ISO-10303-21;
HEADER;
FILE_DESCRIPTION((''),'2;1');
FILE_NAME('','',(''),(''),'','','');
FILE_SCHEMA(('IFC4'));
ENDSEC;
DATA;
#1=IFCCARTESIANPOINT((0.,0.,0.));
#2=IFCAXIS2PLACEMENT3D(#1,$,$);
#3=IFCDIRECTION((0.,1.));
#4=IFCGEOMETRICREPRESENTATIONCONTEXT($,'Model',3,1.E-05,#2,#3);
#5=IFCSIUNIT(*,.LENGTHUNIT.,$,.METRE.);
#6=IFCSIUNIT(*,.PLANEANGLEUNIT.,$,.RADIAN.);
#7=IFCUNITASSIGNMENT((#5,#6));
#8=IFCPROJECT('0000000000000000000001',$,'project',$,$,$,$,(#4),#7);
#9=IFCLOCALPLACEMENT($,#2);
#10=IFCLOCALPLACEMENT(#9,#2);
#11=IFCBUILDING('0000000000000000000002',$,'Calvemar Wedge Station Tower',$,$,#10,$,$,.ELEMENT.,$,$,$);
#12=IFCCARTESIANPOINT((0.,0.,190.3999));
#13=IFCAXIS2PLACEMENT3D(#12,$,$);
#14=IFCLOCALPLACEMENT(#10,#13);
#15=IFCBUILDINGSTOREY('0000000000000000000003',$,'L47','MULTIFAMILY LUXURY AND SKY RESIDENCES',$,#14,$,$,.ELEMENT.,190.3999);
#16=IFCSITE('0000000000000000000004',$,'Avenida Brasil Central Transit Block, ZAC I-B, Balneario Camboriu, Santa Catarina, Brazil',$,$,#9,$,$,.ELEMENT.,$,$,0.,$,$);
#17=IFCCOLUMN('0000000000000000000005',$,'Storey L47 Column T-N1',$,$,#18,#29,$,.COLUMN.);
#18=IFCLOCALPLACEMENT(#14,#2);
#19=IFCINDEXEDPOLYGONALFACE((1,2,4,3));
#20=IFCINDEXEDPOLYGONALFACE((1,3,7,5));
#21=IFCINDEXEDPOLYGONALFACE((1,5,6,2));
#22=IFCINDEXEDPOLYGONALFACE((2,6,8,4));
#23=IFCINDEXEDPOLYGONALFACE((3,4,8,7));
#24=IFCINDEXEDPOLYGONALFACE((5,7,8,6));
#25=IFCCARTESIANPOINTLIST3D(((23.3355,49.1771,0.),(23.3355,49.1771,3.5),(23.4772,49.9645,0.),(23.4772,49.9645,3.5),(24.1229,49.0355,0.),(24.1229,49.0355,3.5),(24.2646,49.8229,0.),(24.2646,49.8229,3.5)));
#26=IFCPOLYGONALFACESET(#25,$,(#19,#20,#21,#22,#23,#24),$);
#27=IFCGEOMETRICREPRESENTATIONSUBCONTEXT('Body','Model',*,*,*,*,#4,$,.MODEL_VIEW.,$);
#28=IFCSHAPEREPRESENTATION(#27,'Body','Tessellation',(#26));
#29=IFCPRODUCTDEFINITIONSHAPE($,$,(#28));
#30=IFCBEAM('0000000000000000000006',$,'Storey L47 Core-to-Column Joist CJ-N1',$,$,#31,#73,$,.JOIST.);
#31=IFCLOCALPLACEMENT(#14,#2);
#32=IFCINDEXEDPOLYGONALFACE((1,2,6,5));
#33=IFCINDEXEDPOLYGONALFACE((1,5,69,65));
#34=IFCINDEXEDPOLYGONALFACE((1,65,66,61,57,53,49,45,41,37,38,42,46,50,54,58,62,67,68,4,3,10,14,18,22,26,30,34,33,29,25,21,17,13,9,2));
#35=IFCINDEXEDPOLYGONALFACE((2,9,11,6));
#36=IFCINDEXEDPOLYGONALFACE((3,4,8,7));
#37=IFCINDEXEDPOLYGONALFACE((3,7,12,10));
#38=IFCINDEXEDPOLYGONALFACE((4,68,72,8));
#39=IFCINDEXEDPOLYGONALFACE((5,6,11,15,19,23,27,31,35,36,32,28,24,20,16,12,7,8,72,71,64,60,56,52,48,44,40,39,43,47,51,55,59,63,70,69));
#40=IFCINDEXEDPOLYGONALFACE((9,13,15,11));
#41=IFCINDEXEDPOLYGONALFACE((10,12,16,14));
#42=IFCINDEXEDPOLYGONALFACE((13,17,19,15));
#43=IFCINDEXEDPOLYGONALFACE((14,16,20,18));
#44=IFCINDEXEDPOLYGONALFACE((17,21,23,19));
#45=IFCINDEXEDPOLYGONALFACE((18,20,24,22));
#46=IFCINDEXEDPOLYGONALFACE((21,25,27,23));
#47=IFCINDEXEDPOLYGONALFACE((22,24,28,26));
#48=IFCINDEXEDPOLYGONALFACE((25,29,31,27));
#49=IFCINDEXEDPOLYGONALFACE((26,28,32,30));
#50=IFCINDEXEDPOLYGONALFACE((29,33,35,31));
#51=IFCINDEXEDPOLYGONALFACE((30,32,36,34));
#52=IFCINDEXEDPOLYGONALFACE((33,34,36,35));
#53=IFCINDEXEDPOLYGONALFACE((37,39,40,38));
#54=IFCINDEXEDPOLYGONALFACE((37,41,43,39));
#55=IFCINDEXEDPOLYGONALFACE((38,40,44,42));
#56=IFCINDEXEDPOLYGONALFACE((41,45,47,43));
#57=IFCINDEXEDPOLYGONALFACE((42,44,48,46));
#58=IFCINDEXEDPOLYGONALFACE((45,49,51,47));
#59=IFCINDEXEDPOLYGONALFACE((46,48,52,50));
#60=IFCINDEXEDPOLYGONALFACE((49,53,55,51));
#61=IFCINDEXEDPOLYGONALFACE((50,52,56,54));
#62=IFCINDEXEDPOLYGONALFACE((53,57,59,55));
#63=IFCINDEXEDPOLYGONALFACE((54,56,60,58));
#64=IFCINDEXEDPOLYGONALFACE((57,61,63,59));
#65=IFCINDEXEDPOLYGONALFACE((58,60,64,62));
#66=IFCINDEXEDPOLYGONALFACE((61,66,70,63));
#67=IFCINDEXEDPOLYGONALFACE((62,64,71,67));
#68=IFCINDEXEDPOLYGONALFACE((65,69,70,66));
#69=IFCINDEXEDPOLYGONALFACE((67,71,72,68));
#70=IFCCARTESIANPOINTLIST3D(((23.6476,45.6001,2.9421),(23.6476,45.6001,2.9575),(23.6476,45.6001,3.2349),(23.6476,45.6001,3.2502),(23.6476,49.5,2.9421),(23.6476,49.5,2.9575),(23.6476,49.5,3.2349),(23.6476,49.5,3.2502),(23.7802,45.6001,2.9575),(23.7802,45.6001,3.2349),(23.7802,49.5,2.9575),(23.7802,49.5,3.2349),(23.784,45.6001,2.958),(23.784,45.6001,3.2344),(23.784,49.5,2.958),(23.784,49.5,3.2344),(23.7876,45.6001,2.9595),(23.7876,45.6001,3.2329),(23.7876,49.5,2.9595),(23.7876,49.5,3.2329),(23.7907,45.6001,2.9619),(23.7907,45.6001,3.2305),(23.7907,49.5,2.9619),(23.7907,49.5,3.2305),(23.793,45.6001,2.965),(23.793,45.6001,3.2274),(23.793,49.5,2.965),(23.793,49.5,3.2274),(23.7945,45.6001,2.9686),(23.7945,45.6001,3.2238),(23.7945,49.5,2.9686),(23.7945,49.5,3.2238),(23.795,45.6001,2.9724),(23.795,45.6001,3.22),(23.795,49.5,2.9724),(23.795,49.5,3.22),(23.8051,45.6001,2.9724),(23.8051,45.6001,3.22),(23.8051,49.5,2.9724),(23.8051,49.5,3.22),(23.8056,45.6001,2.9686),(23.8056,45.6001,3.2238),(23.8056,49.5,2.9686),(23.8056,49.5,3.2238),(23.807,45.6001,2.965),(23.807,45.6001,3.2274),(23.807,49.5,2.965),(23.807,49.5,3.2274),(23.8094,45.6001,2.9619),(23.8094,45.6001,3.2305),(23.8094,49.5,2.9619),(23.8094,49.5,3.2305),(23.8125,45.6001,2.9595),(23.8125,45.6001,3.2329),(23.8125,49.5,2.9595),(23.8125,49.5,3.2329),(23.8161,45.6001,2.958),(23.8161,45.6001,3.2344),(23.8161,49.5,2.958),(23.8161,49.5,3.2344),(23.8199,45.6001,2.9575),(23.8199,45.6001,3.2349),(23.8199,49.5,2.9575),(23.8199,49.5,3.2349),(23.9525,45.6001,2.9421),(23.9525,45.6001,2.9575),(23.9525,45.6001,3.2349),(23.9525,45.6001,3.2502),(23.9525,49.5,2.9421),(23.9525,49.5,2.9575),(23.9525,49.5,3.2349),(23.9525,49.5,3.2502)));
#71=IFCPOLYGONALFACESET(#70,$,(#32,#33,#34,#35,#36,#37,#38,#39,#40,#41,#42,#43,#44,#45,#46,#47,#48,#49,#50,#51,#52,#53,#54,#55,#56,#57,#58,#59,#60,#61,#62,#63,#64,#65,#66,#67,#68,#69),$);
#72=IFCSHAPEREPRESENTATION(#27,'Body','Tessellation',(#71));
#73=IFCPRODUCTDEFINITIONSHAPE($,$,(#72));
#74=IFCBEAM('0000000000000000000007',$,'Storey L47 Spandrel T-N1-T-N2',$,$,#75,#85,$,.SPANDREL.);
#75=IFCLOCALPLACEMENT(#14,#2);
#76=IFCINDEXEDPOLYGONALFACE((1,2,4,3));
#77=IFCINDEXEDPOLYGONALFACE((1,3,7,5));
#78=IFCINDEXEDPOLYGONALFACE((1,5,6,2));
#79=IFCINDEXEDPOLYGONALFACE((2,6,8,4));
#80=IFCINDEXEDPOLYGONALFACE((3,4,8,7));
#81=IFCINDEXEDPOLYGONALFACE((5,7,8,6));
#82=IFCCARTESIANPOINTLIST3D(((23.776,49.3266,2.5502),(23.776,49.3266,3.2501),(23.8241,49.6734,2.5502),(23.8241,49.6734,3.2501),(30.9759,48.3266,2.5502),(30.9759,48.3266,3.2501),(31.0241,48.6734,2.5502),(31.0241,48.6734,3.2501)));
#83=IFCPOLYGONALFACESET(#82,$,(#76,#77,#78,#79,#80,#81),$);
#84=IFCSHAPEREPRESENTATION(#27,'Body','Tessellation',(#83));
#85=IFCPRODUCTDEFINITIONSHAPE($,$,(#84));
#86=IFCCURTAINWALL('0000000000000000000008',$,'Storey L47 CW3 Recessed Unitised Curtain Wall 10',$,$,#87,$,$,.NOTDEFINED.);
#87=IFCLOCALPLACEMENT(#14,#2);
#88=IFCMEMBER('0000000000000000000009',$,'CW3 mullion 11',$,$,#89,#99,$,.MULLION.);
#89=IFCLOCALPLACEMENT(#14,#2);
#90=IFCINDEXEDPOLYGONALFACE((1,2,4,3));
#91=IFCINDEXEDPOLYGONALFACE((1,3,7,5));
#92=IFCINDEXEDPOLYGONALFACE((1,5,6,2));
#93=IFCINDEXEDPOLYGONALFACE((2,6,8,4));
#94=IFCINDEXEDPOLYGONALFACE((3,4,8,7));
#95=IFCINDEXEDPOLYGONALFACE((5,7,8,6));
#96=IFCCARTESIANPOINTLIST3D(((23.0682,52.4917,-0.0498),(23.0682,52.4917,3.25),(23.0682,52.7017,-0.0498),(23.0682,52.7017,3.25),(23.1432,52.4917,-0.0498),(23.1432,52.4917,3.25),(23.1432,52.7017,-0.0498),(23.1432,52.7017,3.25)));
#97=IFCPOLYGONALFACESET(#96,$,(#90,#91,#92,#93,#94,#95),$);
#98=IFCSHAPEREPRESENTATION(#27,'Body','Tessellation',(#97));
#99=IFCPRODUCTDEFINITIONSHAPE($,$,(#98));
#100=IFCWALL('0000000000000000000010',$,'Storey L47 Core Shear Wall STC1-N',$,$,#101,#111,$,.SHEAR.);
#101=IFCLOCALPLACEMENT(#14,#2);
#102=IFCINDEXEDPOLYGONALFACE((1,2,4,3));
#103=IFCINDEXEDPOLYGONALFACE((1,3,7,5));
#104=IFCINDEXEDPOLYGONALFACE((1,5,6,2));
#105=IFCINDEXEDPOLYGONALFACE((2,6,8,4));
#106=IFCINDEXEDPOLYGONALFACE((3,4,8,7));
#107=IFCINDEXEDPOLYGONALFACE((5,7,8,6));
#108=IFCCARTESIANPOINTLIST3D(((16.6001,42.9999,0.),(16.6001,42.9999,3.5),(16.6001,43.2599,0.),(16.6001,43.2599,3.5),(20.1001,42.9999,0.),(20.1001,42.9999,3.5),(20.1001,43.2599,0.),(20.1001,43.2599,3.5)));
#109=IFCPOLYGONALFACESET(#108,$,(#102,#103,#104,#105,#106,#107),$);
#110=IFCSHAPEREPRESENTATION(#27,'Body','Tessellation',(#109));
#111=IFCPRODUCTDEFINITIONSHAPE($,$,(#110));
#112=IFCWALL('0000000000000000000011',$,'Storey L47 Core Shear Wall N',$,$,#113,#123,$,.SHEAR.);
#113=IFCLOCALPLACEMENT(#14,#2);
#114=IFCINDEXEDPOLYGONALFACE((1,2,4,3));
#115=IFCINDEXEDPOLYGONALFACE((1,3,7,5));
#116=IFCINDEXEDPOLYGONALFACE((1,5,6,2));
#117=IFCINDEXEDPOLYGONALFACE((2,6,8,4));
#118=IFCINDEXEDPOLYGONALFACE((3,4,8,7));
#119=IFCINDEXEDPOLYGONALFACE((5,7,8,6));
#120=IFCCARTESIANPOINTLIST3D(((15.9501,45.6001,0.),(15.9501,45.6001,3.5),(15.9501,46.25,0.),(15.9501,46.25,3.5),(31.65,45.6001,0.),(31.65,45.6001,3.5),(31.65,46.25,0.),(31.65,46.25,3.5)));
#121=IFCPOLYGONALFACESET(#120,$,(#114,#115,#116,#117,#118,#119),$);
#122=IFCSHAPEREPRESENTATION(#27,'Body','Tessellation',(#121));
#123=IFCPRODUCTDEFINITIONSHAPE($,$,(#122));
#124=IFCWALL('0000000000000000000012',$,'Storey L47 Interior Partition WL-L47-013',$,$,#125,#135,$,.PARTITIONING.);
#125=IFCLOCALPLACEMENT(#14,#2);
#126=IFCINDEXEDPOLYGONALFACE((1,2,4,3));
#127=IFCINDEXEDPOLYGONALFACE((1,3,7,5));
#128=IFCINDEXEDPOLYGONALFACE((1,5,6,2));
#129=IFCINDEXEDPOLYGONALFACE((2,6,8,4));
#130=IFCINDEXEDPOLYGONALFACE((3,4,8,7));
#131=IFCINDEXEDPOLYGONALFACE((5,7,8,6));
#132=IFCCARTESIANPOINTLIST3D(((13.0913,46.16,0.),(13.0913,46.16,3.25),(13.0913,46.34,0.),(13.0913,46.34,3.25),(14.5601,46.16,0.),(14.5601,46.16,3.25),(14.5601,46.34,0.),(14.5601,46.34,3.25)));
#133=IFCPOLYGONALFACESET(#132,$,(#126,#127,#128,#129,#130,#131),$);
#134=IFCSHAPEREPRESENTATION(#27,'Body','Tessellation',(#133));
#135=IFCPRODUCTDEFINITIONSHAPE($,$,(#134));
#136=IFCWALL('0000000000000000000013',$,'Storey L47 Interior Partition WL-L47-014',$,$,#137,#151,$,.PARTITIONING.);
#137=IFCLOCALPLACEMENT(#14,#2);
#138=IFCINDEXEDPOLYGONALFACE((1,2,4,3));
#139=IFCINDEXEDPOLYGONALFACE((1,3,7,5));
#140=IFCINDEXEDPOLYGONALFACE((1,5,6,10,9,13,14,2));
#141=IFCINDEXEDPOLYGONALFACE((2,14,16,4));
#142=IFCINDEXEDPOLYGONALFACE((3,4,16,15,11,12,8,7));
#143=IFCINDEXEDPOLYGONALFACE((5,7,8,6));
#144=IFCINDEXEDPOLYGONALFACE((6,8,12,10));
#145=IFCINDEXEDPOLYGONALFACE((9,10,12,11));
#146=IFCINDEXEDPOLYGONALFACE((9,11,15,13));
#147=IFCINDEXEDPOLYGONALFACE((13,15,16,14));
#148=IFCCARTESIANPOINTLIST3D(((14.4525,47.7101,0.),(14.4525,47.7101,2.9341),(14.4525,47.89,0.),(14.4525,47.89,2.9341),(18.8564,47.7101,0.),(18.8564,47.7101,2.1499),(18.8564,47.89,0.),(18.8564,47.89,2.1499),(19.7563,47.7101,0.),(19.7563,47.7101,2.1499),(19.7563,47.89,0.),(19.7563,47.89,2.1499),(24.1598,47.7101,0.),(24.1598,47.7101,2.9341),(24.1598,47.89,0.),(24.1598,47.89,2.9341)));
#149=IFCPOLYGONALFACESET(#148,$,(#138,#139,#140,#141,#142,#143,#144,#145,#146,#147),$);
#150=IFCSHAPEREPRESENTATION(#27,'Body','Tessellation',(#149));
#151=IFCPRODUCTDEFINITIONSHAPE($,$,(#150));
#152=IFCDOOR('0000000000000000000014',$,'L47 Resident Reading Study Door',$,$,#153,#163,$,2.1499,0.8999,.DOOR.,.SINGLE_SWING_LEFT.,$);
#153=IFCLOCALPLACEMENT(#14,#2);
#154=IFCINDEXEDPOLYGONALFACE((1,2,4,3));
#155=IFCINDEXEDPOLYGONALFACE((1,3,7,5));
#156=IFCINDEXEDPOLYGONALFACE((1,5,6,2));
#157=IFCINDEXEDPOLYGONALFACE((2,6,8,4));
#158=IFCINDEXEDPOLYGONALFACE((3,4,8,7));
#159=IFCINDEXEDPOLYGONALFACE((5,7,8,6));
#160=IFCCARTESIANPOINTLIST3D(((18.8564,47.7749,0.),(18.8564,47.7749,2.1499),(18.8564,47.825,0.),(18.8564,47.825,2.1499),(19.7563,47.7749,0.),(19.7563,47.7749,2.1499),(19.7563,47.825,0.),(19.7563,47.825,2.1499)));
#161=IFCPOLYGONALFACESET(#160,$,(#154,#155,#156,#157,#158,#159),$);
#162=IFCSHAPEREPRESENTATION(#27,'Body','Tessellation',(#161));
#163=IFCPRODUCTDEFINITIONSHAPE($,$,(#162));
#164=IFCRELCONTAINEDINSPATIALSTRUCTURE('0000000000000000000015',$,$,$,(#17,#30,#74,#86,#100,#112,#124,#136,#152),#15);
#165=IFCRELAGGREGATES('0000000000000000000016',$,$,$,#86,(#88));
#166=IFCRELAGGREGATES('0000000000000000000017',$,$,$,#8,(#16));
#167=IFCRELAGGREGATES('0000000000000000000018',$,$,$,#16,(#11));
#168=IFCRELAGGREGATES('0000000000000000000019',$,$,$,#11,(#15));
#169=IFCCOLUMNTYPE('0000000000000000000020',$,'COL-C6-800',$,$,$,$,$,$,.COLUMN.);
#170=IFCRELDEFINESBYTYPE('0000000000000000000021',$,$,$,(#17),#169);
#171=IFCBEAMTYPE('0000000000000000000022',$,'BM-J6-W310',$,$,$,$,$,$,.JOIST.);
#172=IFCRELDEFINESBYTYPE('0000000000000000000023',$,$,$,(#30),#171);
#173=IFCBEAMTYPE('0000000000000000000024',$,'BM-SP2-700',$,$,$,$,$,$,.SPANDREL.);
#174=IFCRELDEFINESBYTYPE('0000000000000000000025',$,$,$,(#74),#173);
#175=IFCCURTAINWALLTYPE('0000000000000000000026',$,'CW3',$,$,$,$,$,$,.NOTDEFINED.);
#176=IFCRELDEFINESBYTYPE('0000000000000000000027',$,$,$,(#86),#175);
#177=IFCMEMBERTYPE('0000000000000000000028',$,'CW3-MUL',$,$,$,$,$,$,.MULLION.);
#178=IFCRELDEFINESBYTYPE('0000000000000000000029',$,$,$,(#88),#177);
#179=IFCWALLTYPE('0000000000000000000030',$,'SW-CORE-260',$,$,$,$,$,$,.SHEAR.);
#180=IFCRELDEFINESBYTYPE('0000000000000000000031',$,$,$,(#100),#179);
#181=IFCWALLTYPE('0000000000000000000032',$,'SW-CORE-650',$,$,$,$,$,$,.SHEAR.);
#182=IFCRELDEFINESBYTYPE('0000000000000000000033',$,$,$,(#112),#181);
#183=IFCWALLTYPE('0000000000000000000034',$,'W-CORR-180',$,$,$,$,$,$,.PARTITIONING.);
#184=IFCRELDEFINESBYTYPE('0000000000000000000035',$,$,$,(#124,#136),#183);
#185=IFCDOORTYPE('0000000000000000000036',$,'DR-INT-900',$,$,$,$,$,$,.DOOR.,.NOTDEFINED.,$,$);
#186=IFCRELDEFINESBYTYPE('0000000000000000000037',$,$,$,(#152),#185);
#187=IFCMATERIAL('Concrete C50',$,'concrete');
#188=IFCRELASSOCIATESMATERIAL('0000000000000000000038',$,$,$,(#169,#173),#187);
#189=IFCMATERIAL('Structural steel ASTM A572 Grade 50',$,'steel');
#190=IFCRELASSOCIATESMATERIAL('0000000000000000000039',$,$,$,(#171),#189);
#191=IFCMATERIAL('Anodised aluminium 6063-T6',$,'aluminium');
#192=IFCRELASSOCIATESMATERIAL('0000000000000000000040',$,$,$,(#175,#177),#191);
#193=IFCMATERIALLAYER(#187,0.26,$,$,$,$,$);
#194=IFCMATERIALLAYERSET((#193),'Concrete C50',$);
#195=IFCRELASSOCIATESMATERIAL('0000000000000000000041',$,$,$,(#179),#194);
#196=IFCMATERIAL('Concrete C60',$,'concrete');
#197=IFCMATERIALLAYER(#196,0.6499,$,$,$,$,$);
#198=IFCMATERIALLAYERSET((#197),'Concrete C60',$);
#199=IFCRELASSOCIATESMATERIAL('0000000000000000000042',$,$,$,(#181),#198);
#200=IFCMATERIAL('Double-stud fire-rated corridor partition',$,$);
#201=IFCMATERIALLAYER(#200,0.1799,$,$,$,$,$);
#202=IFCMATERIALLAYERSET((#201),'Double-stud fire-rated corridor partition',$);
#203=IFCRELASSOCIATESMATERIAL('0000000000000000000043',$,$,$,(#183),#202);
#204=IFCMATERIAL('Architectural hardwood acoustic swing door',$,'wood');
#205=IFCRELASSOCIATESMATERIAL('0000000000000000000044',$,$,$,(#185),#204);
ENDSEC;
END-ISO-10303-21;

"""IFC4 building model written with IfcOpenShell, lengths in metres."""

from ifc_helpers import new_model, si_unit, direction, frame, frame_2d, origin, origin_2d, place, context, subcontext, project, spatial, rectangle, i_section, extrude, source, transform, mapped, material, layer, layer_set, material_profile, profile_set, type_object, element, fill, aggregate, save


model = new_model("IFC4")

# Units and contexts
model_context = context("Model", 3, precision=1e-05, world=origin(), true_north=direction((0.0, 1.0)))
body_context = subcontext(model_context, "Body", "Model", "MODEL_VIEW")
ifc_project = project(units=[si_unit("LENGTHUNIT", "METRE"), si_unit("PLANEANGLEUNIT", "RADIAN")], contexts=[model_context])

# Site, building, storey
site_placement = place(None, origin())
site = spatial("IfcSite", under=ifc_project, at=site_placement, Name="Avenida Brasil Central Transit Block, ZAC I-B, Balneario Camboriu, Santa Catarina, Brazil", CompositionType="ELEMENT", RefElevation=0.0)
building_placement = place(site_placement, origin())
building = spatial("IfcBuilding", under=site, at=building_placement, Name="Calvemar Wedge Station Tower", CompositionType="ELEMENT")
storey_placement = place(building_placement, frame((0.0, 0.0, 190.3999)))
storey = spatial("IfcBuildingStorey", under=building, at=storey_placement, Name="L47", Description="MULTIFAMILY LUXURY AND SKY RESIDENCES", CompositionType="ELEMENT", Elevation=190.3999)

# Column
ifc_material_1 = material(Name="Concrete C50", Category="concrete")
ifc_material_profile_1 = material_profile(ifc_material_1, rectangle(XDim=0.8, YDim=0.8, at=origin_2d()), Name="RC800x800")
ifc_profile_set_1 = profile_set([ifc_material_profile_1], Name="Concrete C50")
column_type = type_object("IfcColumnType", Name="COL-C6-800", PredefinedType="COLUMN", material=ifc_profile_set_1)
shared_shape_1 = source(origin(), body_context, "Body", "SweptSolid", [
    extrude(rectangle(XDim=0.8, YDim=0.8, at=origin_2d()), origin(), (0.0, 0.0, 1.0), 3.5),
])
column_placement = place(storey_placement, frame((23.8, 49.5, 0.0), z_axis=(0.0, 0.0, 1.0), x_axis=(0.984196, -0.177085, 0.0)))
element("IfcColumn", 1, at=column_placement, inside=storey, type_object=column_type, Name="Storey L47 Column T-N1", PredefinedType="COLUMN", context=body_context, shape_type="MappedRepresentation", body=[
    mapped(shared_shape_1, transform((0.0, 0.0, 0.0), scale=1.0)),
])

# Beams
ifc_material_2 = material(Name="Structural steel ASTM A572 Grade 50", Category="steel")
ifc_material_profile_2 = material_profile(ifc_material_2, i_section(OverallWidth=0.3049, OverallDepth=0.3081, WebThickness=0.01, FlangeThickness=0.0154, FilletRadius=0.0149, at=origin_2d()), Name="W310x97")
ifc_profile_set_2 = profile_set([ifc_material_profile_2], Name="Structural steel ASTM A572 Grade 50")
beam_type_1 = type_object("IfcBeamType", Name="BM-J6-W310", PredefinedType="JOIST", material=ifc_profile_set_2)
shared_shape_2 = source(origin(), body_context, "Body", "SweptSolid", [
    extrude(i_section(OverallWidth=0.3049, OverallDepth=0.3081, WebThickness=0.01, FlangeThickness=0.0154, FilletRadius=0.0149, at=origin_2d()), origin(), (0.0, 0.0, 1.0), 3.8999),
])
beam_1_placement = place(storey_placement, frame((23.8, 45.6001, 3.0962), z_axis=(0.0, 1.0, 0.0), x_axis=(-1.0, 0.0, 0.0)))
element("IfcBeam", 2, at=beam_1_placement, inside=storey, type_object=beam_type_1, Name="Storey L47 Core-to-Column Joist CJ-N1", PredefinedType="JOIST", context=body_context, shape_type="MappedRepresentation", body=[
    mapped(shared_shape_2, transform((0.0, 0.0, 0.0), scale=1.0)),
])
ifc_material_profile_3 = material_profile(ifc_material_1, rectangle(XDim=0.3501, YDim=0.7, at=origin_2d()), Name="RC350x700")
ifc_profile_set_3 = profile_set([ifc_material_profile_3], Name="Concrete C50")
beam_type_2 = type_object("IfcBeamType", Name="BM-SP2-700", PredefinedType="SPANDREL", material=ifc_profile_set_3)
shared_shape_3 = source(origin(), body_context, "Body", "SweptSolid", [
    extrude(rectangle(XDim=0.3501, YDim=0.7, at=origin_2d()), origin(), (0.0, 0.0, 1.0), 7.269),
])
beam_2_placement = place(storey_placement, frame((23.8, 49.5, 2.9001), z_axis=(0.990492, -0.137569, 0.0), x_axis=(0.137569, 0.990492, 0.0)))
element("IfcBeam", 3, at=beam_2_placement, inside=storey, type_object=beam_type_2, Name="Storey L47 Spandrel T-N1-T-N2", PredefinedType="SPANDREL", context=body_context, shape_type="MappedRepresentation", body=[
    mapped(shared_shape_3, transform((0.0, 0.0, 0.0), scale=1.0)),
])

# Curtain wall, member
ifc_material_3 = material(Name="Anodised aluminium 6063-T6", Category="aluminium")
curtain_wall_type = type_object("IfcCurtainWallType", Name="CW3", PredefinedType="NOTDEFINED", material=ifc_material_3)
curtain_wall_placement = place(storey_placement, origin())
curtain_wall = element("IfcCurtainWall", 4, at=curtain_wall_placement, inside=storey, type_object=curtain_wall_type, Name="Storey L47 CW3 Recessed Unitised Curtain Wall 10", PredefinedType="NOTDEFINED")
ifc_material_profile_4 = material_profile(ifc_material_3, rectangle(XDim=0.075, YDim=0.21, at=origin_2d()), Name="AL-MUL-75x210")
ifc_profile_set_4 = profile_set([ifc_material_profile_4], Name="Anodised aluminium 6063-T6")
member_type = type_object("IfcMemberType", Name="CW3-MUL", PredefinedType="MULLION", material=ifc_profile_set_4)
shared_shape_4 = source(origin(), body_context, "Body", "SweptSolid", [
    extrude(rectangle(XDim=0.075, YDim=0.21, at=origin_2d()), origin(), (0.0, 0.0, 1.0), 3.2998),
])
member_placement = place(storey_placement, frame((23.1057, 52.5967, -0.0498), z_axis=(0.0, 0.0, 1.0), x_axis=(1.0, 0.0, 0.0)))
member = element("IfcMember", 5, at=member_placement, type_object=member_type, Name="CW3 mullion 11", PredefinedType="MULLION", context=body_context, shape_type="MappedRepresentation", body=[
    mapped(shared_shape_4, transform((0.0, 0.0, 0.0), scale=1.0)),
])
aggregate(curtain_wall, [member])

# Walls
ifc_layer_1 = layer(ifc_material_1, 0.26)
ifc_layer_set_1 = layer_set([ifc_layer_1], Name="Concrete C50")
wall_type_1 = type_object("IfcWallType", Name="SW-CORE-260", PredefinedType="SHEAR", material=ifc_layer_set_1)
wall_1_placement = place(storey_placement, frame((16.6001, 43.1299, 0.0), z_axis=(0.0, 0.0, 1.0), x_axis=(1.0, 0.0, 0.0)))
element("IfcWall", 6, at=wall_1_placement, inside=storey, type_object=wall_type_1, Name="Storey L47 Core Shear Wall STC1-N", PredefinedType="SHEAR", context=body_context, shape_type="SweptSolid", body=[
    extrude(rectangle(XDim=3.5, YDim=0.26, at=frame_2d((1.75, 0.0))), origin(), (0.0, 0.0, 1.0), 3.5),
])
ifc_material_4 = material(Name="Concrete C60", Category="concrete")
ifc_layer_2 = layer(ifc_material_4, 0.6499)
ifc_layer_set_2 = layer_set([ifc_layer_2], Name="Concrete C60")
wall_type_2 = type_object("IfcWallType", Name="SW-CORE-650", PredefinedType="SHEAR", material=ifc_layer_set_2)
wall_2_placement = place(storey_placement, frame((15.95, 45.925, 0.0), z_axis=(0.0, 0.0, 1.0), x_axis=(1.0, 0.0, 0.0)))
element("IfcWall", 7, at=wall_2_placement, inside=storey, type_object=wall_type_2, Name="Storey L47 Core Shear Wall N", PredefinedType="SHEAR", context=body_context, shape_type="SweptSolid", body=[
    extrude(rectangle(XDim=15.7, YDim=0.6499, at=frame_2d((7.8501, 0.0))), origin(), (0.0, 0.0, 1.0), 3.5),
])
ifc_material_5 = material(Name="Double-stud fire-rated corridor partition")
ifc_layer_3 = layer(ifc_material_5, 0.1799)
ifc_layer_set_3 = layer_set([ifc_layer_3], Name="Double-stud fire-rated corridor partition")
wall_type_3 = type_object("IfcWallType", Name="W-CORR-180", PredefinedType="PARTITIONING", material=ifc_layer_set_3)
wall_3_placement = place(storey_placement, frame((14.5601, 46.25, 0.0), z_axis=(0.0, 0.0, 1.0), x_axis=(-1.0, 0.0, 0.0)))
element("IfcWall", 8, at=wall_3_placement, inside=storey, type_object=wall_type_3, Name="Storey L47 Interior Partition WL-L47-013", PredefinedType="PARTITIONING", context=body_context, shape_type="SweptSolid", body=[
    extrude(rectangle(XDim=1.4688, YDim=0.1799, at=frame_2d((0.7344, 0.0))), origin(), (0.0, 0.0, 1.0), 3.25),
])

# Wall, opening, door
wall_4_placement = place(storey_placement, frame((14.4526, 47.8, 0.0), z_axis=(0.0, 0.0, 1.0), x_axis=(1.0, 0.0, 0.0)))
wall_4 = element("IfcWall", 9, at=wall_4_placement, inside=storey, type_object=wall_type_3, Name="Storey L47 Interior Partition WL-L47-014", PredefinedType="PARTITIONING", context=body_context, shape_type="SweptSolid", body=[
    extrude(rectangle(XDim=9.7073, YDim=0.1799, at=frame_2d((4.8535, 0.0))), origin(), (0.0, 0.0, 1.0), 2.9341),
])
shared_shape_5 = source(origin(), body_context, "Body", "SweptSolid", [
    extrude(rectangle(XDim=0.8999, YDim=2.1499, at=frame_2d((0.45, 1.075))), frame((0.0, 0.1001, 0.0), z_axis=(0.0, -1.0, 0.0), x_axis=(1.0, 0.0, 0.0)), (0.0, 0.0, 1.0), 0.2),
])
opening_1_placement = place(wall_4_placement, frame((4.4038, 0.0, 0.0)))
opening_1 = element("IfcOpeningElement", 10, at=opening_1_placement, cuts=wall_4, PredefinedType="OPENING", context=body_context, shape_type="MappedRepresentation", body=[
    mapped(shared_shape_5, transform((0.0, 0.0, 0.0), scale=1.0)),
])
ifc_material_6 = material(Name="Architectural hardwood acoustic swing door", Category="wood")
door_type_1 = type_object("IfcDoorType", Name="DR-INT-900", OperationType="NOTDEFINED", PredefinedType="DOOR", material=ifc_material_6)
shared_shape_6 = source(origin(), body_context, "Body", "SweptSolid", [
    extrude(rectangle(XDim=0.8999, YDim=2.1499, at=frame_2d((0.45, 1.075))), frame((0.0, 0.0249, 0.0), z_axis=(0.0, -1.0, 0.0), x_axis=(1.0, 0.0, 0.0)), (0.0, 0.0, 1.0), 0.05),
])
door_1_placement = place(opening_1_placement, origin())
door_1 = element("IfcDoor", 11, at=door_1_placement, inside=storey, type_object=door_type_1, Name="L47 Resident Reading Study Door", OperationType="SINGLE_SWING_LEFT", OverallHeight=2.1499, OverallWidth=0.8999, PredefinedType="DOOR", context=body_context, shape_type="MappedRepresentation", body=[
    mapped(shared_shape_6, transform((0.0, 0.0, 0.0), scale=1.0)),
])
fill(opening_1, door_1)

save(model, "model.ifc")
